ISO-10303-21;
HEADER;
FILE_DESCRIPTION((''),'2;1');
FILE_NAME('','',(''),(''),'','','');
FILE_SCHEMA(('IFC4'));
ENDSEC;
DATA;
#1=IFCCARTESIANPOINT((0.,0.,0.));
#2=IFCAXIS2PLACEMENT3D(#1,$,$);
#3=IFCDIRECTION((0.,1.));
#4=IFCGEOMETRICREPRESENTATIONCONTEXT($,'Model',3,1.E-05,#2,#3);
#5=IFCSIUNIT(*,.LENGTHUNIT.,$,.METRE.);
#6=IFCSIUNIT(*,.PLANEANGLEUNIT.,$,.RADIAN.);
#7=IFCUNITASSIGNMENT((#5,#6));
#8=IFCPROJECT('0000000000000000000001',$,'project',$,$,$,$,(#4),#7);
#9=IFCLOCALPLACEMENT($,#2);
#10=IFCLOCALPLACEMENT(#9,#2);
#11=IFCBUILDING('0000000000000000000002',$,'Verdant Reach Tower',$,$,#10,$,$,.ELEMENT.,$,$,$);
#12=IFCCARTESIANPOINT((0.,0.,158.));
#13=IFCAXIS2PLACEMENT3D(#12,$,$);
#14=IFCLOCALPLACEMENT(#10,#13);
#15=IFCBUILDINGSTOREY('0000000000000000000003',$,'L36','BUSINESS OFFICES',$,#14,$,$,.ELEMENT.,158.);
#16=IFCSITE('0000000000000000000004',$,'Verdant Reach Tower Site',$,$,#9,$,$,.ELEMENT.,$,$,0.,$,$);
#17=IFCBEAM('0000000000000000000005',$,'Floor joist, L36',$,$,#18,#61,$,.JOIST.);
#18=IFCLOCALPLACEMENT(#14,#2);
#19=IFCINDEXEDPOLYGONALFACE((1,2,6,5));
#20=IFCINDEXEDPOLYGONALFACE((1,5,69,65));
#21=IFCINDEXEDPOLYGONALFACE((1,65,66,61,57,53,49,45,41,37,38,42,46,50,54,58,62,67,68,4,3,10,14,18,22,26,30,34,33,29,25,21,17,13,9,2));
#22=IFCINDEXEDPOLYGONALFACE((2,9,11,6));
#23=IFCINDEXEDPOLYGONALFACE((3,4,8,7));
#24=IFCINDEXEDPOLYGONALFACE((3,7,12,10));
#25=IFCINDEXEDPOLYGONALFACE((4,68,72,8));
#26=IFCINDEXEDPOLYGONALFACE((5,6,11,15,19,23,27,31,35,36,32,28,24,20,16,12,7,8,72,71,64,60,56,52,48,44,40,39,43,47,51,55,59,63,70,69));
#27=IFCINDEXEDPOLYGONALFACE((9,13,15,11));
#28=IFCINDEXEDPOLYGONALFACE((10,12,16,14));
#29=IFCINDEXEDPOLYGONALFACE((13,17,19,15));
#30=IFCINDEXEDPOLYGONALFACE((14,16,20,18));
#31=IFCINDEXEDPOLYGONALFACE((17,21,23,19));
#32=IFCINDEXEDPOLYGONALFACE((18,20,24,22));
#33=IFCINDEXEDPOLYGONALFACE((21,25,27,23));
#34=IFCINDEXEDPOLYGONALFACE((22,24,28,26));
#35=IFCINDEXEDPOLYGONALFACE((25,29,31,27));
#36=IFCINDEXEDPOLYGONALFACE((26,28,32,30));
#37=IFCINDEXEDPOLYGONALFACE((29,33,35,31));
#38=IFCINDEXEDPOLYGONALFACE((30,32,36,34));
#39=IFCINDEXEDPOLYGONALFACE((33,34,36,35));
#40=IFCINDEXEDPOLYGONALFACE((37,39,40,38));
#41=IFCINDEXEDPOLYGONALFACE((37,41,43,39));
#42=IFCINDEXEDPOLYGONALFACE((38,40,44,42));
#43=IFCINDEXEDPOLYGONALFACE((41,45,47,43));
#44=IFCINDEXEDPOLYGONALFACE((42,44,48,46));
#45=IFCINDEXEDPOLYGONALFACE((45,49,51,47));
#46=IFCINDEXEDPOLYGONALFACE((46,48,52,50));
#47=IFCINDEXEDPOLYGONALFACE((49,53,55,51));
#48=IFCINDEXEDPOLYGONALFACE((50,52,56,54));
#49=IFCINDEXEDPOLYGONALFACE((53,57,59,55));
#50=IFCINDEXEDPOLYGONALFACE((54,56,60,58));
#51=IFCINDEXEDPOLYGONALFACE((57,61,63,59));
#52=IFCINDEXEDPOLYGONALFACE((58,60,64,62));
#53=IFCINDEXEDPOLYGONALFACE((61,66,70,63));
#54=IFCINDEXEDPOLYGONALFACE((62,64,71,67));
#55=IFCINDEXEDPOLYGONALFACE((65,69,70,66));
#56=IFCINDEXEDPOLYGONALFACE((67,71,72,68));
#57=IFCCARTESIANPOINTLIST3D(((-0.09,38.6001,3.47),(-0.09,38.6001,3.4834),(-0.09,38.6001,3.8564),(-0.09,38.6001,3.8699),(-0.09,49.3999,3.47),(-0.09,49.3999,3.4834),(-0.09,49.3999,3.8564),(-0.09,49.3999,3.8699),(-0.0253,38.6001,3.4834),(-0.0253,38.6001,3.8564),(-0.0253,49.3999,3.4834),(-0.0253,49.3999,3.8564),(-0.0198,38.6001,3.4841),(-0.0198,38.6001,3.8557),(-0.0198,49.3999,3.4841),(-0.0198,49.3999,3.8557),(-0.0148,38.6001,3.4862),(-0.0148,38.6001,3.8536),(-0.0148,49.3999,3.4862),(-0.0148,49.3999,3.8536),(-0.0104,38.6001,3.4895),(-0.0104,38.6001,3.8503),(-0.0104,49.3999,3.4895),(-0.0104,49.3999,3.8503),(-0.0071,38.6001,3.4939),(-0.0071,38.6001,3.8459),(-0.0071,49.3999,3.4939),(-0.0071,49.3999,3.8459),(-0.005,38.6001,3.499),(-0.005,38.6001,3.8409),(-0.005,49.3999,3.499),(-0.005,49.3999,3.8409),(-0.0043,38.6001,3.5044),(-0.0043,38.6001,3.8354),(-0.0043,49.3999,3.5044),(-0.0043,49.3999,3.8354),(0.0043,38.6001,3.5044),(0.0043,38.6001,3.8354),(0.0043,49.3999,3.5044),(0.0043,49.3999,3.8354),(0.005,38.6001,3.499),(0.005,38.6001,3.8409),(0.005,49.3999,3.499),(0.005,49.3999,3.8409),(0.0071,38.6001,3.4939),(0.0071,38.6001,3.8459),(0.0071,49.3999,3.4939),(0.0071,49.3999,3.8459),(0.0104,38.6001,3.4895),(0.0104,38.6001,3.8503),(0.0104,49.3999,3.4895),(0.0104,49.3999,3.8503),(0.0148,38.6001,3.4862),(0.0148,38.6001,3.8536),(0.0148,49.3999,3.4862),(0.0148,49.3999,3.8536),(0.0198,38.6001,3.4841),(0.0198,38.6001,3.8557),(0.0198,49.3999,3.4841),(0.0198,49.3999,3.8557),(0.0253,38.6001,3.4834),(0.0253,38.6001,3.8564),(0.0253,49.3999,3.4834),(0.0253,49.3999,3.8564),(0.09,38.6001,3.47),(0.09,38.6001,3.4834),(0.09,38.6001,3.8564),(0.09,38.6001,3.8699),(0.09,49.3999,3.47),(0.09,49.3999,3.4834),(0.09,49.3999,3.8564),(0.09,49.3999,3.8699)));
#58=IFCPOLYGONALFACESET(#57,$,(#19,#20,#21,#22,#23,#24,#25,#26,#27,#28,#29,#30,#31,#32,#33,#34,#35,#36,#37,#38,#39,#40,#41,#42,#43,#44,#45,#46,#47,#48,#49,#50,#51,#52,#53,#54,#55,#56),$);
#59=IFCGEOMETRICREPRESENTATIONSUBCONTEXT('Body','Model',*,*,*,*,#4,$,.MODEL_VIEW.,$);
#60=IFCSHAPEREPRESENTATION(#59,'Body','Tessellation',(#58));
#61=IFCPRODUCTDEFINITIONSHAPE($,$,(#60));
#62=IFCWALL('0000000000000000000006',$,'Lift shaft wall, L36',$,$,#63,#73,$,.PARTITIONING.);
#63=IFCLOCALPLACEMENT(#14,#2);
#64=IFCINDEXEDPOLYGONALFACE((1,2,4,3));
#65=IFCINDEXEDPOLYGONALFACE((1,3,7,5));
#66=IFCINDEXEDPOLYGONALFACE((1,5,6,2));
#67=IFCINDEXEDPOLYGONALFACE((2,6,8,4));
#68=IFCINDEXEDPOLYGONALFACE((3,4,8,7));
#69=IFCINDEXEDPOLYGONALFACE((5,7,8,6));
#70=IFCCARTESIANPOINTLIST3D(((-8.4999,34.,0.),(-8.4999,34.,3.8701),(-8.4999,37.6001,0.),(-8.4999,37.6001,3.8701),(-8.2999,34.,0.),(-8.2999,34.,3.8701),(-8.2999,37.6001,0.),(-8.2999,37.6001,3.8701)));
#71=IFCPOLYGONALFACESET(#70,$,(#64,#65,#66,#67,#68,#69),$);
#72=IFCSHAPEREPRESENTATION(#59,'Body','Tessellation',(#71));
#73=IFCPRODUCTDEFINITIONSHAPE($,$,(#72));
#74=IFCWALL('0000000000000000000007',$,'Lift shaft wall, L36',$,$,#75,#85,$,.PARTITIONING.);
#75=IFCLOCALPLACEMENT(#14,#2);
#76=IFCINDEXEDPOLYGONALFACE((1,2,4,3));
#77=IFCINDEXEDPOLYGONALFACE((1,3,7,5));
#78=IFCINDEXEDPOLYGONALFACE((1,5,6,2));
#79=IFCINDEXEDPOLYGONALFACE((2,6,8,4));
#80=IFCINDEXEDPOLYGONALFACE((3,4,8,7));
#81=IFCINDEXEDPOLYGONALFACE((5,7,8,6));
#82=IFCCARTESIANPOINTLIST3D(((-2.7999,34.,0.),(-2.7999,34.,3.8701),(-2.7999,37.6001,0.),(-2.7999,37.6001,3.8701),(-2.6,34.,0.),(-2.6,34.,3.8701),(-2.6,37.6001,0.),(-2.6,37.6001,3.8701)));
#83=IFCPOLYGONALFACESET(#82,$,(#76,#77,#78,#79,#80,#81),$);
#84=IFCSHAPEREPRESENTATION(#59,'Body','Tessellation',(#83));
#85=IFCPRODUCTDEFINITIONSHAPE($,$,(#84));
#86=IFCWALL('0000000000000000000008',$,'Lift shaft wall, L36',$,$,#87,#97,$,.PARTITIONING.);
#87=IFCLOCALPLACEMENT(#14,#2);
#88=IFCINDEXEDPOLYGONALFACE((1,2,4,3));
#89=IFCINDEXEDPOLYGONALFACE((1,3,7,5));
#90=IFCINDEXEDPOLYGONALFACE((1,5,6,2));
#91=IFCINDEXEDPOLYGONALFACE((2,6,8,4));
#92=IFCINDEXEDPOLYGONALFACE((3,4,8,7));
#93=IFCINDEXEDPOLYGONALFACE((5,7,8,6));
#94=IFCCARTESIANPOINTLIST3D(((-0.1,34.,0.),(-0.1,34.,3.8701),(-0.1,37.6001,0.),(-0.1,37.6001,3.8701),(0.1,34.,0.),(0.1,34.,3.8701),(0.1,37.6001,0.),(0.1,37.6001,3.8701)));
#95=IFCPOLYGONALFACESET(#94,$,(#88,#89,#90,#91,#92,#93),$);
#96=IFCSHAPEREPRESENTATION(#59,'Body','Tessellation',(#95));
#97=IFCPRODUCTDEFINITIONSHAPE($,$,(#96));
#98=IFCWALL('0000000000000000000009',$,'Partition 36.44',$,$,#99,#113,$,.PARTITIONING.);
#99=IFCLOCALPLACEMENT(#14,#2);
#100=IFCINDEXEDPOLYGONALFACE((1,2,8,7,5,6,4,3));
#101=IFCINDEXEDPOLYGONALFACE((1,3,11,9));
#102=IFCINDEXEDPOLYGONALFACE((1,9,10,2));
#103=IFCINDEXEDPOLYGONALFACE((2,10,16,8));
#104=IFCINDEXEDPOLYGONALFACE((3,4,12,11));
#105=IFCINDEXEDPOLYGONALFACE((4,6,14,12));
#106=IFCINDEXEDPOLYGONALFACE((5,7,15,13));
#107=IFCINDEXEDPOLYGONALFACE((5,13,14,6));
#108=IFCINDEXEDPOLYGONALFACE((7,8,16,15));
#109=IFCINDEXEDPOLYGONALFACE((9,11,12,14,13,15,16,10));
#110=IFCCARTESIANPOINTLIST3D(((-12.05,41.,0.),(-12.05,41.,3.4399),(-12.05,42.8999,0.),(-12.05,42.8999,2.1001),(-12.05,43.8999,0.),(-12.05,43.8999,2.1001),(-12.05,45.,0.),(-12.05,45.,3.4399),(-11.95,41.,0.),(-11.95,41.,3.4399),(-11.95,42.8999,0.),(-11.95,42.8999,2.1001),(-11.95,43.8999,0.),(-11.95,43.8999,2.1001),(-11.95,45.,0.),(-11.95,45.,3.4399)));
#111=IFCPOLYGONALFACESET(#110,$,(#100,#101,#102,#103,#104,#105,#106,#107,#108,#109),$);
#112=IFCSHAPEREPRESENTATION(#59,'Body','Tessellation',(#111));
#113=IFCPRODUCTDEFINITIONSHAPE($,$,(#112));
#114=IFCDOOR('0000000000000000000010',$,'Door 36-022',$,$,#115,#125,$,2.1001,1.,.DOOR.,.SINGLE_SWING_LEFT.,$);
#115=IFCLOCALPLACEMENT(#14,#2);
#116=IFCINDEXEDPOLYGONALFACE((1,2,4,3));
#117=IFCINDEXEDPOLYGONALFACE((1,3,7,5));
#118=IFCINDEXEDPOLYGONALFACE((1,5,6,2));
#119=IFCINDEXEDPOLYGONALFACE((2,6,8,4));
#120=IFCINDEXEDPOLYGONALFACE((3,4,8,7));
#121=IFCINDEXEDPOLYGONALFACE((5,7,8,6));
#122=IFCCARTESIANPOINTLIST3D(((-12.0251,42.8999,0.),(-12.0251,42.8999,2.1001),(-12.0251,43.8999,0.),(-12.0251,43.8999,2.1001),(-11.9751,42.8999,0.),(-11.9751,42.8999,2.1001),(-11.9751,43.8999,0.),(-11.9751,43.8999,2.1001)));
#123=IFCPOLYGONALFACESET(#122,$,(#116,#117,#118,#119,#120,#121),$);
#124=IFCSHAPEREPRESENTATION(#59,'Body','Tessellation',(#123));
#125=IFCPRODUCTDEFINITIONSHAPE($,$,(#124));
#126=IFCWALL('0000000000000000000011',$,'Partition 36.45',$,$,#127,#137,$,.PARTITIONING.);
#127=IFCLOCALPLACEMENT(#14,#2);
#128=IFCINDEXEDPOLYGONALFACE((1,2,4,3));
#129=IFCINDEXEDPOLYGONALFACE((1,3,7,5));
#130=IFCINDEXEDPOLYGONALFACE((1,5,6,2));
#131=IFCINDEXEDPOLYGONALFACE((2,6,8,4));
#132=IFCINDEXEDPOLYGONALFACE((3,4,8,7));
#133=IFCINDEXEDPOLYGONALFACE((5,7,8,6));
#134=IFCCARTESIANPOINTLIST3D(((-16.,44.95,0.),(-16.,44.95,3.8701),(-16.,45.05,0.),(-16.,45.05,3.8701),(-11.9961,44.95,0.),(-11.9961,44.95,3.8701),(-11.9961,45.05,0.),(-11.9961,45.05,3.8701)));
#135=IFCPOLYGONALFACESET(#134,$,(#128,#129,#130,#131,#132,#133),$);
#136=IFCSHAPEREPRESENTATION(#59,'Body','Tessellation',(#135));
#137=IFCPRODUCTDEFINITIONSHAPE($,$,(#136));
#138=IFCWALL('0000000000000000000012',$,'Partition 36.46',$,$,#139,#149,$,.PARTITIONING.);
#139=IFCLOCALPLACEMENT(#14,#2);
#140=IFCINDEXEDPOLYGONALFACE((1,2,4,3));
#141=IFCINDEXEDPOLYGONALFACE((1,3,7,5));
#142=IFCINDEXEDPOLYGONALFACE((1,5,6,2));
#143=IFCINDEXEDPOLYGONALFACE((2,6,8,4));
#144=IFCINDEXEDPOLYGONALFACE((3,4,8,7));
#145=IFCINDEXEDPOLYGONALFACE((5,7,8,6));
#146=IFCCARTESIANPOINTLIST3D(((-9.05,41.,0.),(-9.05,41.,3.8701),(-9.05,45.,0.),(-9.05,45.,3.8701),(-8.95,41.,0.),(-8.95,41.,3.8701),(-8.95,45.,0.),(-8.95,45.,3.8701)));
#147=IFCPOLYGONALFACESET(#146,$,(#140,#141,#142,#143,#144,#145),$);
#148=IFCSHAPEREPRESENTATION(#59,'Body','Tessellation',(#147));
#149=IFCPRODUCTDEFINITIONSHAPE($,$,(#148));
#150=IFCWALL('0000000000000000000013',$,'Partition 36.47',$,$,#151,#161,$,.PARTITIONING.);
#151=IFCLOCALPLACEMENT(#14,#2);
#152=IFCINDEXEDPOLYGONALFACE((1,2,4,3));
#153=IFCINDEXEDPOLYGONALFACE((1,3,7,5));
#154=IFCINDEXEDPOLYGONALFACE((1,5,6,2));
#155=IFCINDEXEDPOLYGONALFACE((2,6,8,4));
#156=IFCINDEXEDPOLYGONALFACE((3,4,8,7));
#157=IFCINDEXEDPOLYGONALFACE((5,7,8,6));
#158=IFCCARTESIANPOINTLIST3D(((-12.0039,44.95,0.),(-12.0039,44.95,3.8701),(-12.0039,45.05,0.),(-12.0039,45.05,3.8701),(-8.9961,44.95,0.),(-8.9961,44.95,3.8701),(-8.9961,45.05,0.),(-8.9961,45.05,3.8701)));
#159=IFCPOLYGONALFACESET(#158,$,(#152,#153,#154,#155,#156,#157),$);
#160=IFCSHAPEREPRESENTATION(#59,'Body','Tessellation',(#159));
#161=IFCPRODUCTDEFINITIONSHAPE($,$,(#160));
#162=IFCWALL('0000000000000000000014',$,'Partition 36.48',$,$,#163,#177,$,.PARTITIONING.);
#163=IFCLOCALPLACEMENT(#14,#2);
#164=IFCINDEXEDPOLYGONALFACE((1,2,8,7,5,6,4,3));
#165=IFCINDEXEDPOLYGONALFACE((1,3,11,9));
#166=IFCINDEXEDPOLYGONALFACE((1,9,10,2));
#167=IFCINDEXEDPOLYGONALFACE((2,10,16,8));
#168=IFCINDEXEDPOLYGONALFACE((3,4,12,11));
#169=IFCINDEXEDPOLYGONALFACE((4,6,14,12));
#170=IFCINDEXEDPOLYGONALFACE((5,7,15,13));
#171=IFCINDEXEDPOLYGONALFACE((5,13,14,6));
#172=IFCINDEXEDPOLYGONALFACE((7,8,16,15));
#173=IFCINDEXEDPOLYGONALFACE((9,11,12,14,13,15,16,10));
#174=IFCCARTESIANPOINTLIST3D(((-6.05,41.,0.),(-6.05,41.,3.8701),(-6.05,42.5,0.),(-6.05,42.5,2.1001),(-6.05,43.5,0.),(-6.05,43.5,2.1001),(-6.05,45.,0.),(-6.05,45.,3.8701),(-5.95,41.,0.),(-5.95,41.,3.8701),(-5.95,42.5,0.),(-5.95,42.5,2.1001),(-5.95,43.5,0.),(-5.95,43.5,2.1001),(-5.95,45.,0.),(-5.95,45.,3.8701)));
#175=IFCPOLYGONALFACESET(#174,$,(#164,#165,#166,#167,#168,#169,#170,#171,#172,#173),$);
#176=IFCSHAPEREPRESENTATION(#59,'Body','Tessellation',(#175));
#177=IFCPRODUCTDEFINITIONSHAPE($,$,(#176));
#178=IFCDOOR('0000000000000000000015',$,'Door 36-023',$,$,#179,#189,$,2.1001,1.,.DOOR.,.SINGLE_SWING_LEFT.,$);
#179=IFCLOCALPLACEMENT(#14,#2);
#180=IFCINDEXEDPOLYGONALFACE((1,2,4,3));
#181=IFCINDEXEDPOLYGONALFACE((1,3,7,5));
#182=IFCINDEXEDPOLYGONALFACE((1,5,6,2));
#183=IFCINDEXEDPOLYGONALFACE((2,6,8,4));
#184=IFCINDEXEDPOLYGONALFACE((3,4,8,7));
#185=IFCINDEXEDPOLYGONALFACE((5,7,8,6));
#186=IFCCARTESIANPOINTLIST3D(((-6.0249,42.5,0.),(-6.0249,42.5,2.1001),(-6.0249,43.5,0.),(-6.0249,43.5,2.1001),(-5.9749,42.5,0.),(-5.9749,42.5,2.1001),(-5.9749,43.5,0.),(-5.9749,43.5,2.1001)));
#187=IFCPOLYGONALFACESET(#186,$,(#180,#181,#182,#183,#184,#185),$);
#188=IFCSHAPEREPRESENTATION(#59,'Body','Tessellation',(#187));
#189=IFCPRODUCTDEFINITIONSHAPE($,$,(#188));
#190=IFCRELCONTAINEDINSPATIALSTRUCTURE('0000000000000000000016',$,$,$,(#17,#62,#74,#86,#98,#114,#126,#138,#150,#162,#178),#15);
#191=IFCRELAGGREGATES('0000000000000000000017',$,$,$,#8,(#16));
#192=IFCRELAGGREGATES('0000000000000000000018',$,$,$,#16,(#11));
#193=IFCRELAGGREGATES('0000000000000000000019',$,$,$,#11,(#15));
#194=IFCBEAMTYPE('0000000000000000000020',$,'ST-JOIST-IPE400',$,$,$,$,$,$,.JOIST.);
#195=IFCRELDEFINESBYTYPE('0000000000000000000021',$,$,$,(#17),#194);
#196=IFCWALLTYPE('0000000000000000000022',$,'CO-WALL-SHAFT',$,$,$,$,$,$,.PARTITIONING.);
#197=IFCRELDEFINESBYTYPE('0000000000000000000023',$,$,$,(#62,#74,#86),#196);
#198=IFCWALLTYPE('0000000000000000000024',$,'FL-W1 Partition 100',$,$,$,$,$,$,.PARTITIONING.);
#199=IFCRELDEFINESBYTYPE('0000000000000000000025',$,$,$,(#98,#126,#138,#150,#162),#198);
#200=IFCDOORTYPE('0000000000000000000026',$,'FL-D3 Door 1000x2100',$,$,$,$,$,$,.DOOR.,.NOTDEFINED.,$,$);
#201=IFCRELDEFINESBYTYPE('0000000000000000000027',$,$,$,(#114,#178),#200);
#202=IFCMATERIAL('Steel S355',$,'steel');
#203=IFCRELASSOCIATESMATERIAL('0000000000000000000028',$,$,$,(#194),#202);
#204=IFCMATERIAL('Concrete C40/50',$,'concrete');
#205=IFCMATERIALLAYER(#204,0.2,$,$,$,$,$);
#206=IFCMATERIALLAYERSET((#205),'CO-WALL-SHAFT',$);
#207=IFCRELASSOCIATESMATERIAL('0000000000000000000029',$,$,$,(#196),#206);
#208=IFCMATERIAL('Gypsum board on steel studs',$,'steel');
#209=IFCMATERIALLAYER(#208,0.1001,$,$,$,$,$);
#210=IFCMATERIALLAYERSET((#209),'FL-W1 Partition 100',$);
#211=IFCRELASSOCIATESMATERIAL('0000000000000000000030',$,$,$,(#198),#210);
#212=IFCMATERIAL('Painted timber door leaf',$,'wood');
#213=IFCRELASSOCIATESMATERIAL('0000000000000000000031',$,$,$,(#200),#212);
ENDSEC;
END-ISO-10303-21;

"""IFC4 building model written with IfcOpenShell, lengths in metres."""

from ifc_helpers import new_model, si_unit, direction, frame, frame_2d, origin, origin_2d, place, context, subcontext, project, spatial, rectangle, i_section, extrude, material, layer, layer_set, material_profile, profile_set, type_object, element, fill, save


model = new_model("IFC4")

# Units and contexts
model_context = context("Model", 3, precision=1e-05, world=origin(), true_north=direction((0.0, 1.0)))
body_context = subcontext(model_context, "Body", "Model", "MODEL_VIEW")
ifc_project = project(units=[si_unit("LENGTHUNIT", "METRE"), si_unit("PLANEANGLEUNIT", "RADIAN")], contexts=[model_context])

# Site, building, storey
site_placement = place(None, origin())
site = spatial("IfcSite", under=ifc_project, at=site_placement, Name="Verdant Reach Tower Site", CompositionType="ELEMENT", RefElevation=0.0)
building_placement = place(site_placement, origin())
building = spatial("IfcBuilding", under=site, at=building_placement, Name="Verdant Reach Tower", CompositionType="ELEMENT")
storey_placement = place(building_placement, frame((0.0, 0.0, 158.0)))
storey = spatial("IfcBuildingStorey", under=building, at=storey_placement, Name="L36", Description="BUSINESS OFFICES", CompositionType="ELEMENT", Elevation=158.0)

# Beam
ifc_material_1 = material(Name="Steel S355", Category="steel")
ifc_material_profile_1 = material_profile(ifc_material_1, i_section(OverallWidth=0.1799, OverallDepth=0.3999, WebThickness=0.0085, FlangeThickness=0.0134, FilletRadius=0.021, at=origin_2d()), Name="IPE 400")
ifc_profile_set_1 = profile_set([ifc_material_profile_1], Name="Steel S355")
beam_type_1 = type_object("IfcBeamType", Name="ST-JOIST-IPE400", PredefinedType="JOIST", material=ifc_profile_set_1)
for number, where, z_axis, x_axis, name in (
    (1, (0.0, 38.6001, 3.6699), (0.0, 1.0, 0.0), (-1.0, 0.0, 0.0), "Floor joist, L36"),
):
    element("IfcBeam", number, at=place(storey_placement, frame(where, z_axis=z_axis, x_axis=x_axis)), inside=storey, type_object=beam_type_1, Name=name, PredefinedType="JOIST", context=body_context, shape_type="SweptSolid", body=[
        extrude(i_section(OverallWidth=0.1799, OverallDepth=0.3999, WebThickness=0.0085, FlangeThickness=0.0134, FilletRadius=0.021, at=origin_2d()), origin(), (0.0, 0.0, 1.0), 10.7998),
    ])

# Walls
ifc_material_2 = material(Name="Concrete C40/50", Category="concrete")
ifc_layer_1 = layer(ifc_material_2, 0.2)
ifc_layer_set_1 = layer_set([ifc_layer_1], Name="CO-WALL-SHAFT")
wall_type_1 = type_object("IfcWallType", Name="CO-WALL-SHAFT", PredefinedType="PARTITIONING", material=ifc_layer_set_1)
for number, where, z_axis, x_axis, name in (
    (2, (-8.3999, 34.0, 0.0), (0.0, 0.0, 1.0), (0.0, 1.0, 0.0), "Lift shaft wall, L36"),
    (3, (-2.7, 34.0, 0.0), (0.0, 0.0, 1.0), (0.0, 1.0, 0.0), "Lift shaft wall, L36"),
    (4, (0.0, 34.0, 0.0), (0.0, 0.0, 1.0), (0.0, 1.0, 0.0), "Lift shaft wall, L36"),
):
    element("IfcWall", number, at=place(storey_placement, frame(where, z_axis=z_axis, x_axis=x_axis)), inside=storey, type_object=wall_type_1, Name=name, PredefinedType="PARTITIONING", context=body_context, shape_type="SweptSolid", body=[
        extrude(rectangle(XDim=3.6001, YDim=0.2, at=frame_2d((1.8, 0.0))), origin(), (0.0, 0.0, 1.0), 3.8701),
    ])

# Wall, opening, door
ifc_material_3 = material(Name="Gypsum board on steel studs", Category="steel")
ifc_layer_2 = layer(ifc_material_3, 0.1001)
ifc_layer_set_2 = layer_set([ifc_layer_2], Name="FL-W1 Partition 100")
wall_type_2 = type_object("IfcWallType", Name="FL-W1 Partition 100", PredefinedType="PARTITIONING", material=ifc_layer_set_2)
wall_1_placement = place(storey_placement, frame((-12.0, 45.0, 0.0), z_axis=(0.0, 0.0, 1.0), x_axis=(0.0, -1.0, 0.0)))
wall_1 = element("IfcWall", 5, at=wall_1_placement, inside=storey, type_object=wall_type_2, Name="Partition 36.44", PredefinedType="PARTITIONING", context=body_context, shape_type="SweptSolid", body=[
    extrude(rectangle(XDim=4.0, YDim=0.1001, at=frame_2d((2.0, 0.0))), origin(), (0.0, 0.0, 1.0), 3.4399),
])
opening_1_placement = place(wall_1_placement, frame((1.1001, 0.0, 0.0)))
opening_1 = element("IfcOpeningElement", 6, at=opening_1_placement, cuts=wall_1, PredefinedType="OPENING", context=body_context, shape_type="SweptSolid", body=[
    extrude(rectangle(XDim=1.0, YDim=2.1001, at=frame_2d((0.5, 1.05))), frame((0.0, 0.0601, 0.0), z_axis=(0.0, -1.0, 0.0), x_axis=(1.0, 0.0, 0.0)), (0.0, 0.0, 1.0), 0.1201),
])
ifc_material_4 = material(Name="Painted timber door leaf", Category="wood")
door_type_1 = type_object("IfcDoorType", Name="FL-D3 Door 1000x2100", OperationType="NOTDEFINED", PredefinedType="DOOR", material=ifc_material_4)
door_1_placement = place(opening_1_placement, origin())
door_1 = element("IfcDoor", 7, at=door_1_placement, inside=storey, type_object=door_type_1, Name="Door 36-022", OperationType="SINGLE_SWING_LEFT", OverallHeight=2.1001, OverallWidth=1.0, PredefinedType="DOOR", context=body_context, shape_type="SweptSolid", body=[
    extrude(rectangle(XDim=1.0, YDim=2.1001, at=frame_2d((0.5, 1.05))), frame((0.0, 0.0249, 0.0), z_axis=(0.0, -1.0, 0.0), x_axis=(1.0, 0.0, 0.0)), (0.0, 0.0, 1.0), 0.05),
])
fill(opening_1, door_1)

# Walls
wall_2_placement = place(storey_placement, frame((-11.9961, 45.0, 0.0), z_axis=(0.0, 0.0, 1.0), x_axis=(-1.0, 0.0, 0.0)))
element("IfcWall", 8, at=wall_2_placement, inside=storey, type_object=wall_type_2, Name="Partition 36.45", PredefinedType="PARTITIONING", context=body_context, shape_type="SweptSolid", body=[
    extrude(rectangle(XDim=4.0039, YDim=0.1001, at=frame_2d((2.002, 0.0))), origin(), (0.0, 0.0, 1.0), 3.8701),
])
wall_3_placement = place(storey_placement, frame((-9.0, 41.0, 0.0), z_axis=(0.0, 0.0, 1.0), x_axis=(0.0, 1.0, 0.0)))
element("IfcWall", 9, at=wall_3_placement, inside=storey, type_object=wall_type_2, Name="Partition 36.46", PredefinedType="PARTITIONING", context=body_context, shape_type="SweptSolid", body=[
    extrude(rectangle(XDim=4.0, YDim=0.1001, at=frame_2d((2.0, 0.0))), origin(), (0.0, 0.0, 1.0), 3.8701),
])
wall_4_placement = place(storey_placement, frame((-8.9961, 45.0, 0.0), z_axis=(0.0, 0.0, 1.0), x_axis=(-1.0, 0.0, 0.0)))
element("IfcWall", 10, at=wall_4_placement, inside=storey, type_object=wall_type_2, Name="Partition 36.47", PredefinedType="PARTITIONING", context=body_context, shape_type="SweptSolid", body=[
    extrude(rectangle(XDim=3.0078, YDim=0.1001, at=frame_2d((1.5039, 0.0))), origin(), (0.0, 0.0, 1.0), 3.8701),
])

# Wall, opening, door
wall_5_placement = place(storey_placement, frame((-6.0, 41.0, 0.0), z_axis=(0.0, 0.0, 1.0), x_axis=(0.0, 1.0, 0.0)))
wall_5 = element("IfcWall", 11, at=wall_5_placement, inside=storey, type_object=wall_type_2, Name="Partition 36.48", PredefinedType="PARTITIONING", context=body_context, shape_type="SweptSolid", body=[
    extrude(rectangle(XDim=4.0, YDim=0.1001, at=frame_2d((2.0, 0.0))), origin(), (0.0, 0.0, 1.0), 3.8701),
])
opening_2_placement = place(wall_5_placement, frame((1.5, 0.0, 0.0)))
opening_2 = element("IfcOpeningElement", 12, at=opening_2_placement, cuts=wall_5, PredefinedType="OPENING", context=body_context, shape_type="SweptSolid", body=[
    extrude(rectangle(XDim=1.0, YDim=2.1001, at=frame_2d((0.5, 1.05))), frame((0.0, 0.0601, 0.0), z_axis=(0.0, -1.0, 0.0), x_axis=(1.0, 0.0, 0.0)), (0.0, 0.0, 1.0), 0.1201),
])
door_2_placement = place(opening_2_placement, origin())
door_2 = element("IfcDoor", 13, at=door_2_placement, inside=storey, type_object=door_type_1, Name="Door 36-023", OperationType="SINGLE_SWING_LEFT", OverallHeight=2.1001, OverallWidth=1.0, PredefinedType="DOOR", context=body_context, shape_type="SweptSolid", body=[
    extrude(rectangle(XDim=1.0, YDim=2.1001, at=frame_2d((0.5, 1.05))), frame((0.0, 0.0249, 0.0), z_axis=(0.0, -1.0, 0.0), x_axis=(1.0, 0.0, 0.0)), (0.0, 0.0, 1.0), 0.05),
])
fill(opening_2, door_2)

save(model, "model.ifc")
